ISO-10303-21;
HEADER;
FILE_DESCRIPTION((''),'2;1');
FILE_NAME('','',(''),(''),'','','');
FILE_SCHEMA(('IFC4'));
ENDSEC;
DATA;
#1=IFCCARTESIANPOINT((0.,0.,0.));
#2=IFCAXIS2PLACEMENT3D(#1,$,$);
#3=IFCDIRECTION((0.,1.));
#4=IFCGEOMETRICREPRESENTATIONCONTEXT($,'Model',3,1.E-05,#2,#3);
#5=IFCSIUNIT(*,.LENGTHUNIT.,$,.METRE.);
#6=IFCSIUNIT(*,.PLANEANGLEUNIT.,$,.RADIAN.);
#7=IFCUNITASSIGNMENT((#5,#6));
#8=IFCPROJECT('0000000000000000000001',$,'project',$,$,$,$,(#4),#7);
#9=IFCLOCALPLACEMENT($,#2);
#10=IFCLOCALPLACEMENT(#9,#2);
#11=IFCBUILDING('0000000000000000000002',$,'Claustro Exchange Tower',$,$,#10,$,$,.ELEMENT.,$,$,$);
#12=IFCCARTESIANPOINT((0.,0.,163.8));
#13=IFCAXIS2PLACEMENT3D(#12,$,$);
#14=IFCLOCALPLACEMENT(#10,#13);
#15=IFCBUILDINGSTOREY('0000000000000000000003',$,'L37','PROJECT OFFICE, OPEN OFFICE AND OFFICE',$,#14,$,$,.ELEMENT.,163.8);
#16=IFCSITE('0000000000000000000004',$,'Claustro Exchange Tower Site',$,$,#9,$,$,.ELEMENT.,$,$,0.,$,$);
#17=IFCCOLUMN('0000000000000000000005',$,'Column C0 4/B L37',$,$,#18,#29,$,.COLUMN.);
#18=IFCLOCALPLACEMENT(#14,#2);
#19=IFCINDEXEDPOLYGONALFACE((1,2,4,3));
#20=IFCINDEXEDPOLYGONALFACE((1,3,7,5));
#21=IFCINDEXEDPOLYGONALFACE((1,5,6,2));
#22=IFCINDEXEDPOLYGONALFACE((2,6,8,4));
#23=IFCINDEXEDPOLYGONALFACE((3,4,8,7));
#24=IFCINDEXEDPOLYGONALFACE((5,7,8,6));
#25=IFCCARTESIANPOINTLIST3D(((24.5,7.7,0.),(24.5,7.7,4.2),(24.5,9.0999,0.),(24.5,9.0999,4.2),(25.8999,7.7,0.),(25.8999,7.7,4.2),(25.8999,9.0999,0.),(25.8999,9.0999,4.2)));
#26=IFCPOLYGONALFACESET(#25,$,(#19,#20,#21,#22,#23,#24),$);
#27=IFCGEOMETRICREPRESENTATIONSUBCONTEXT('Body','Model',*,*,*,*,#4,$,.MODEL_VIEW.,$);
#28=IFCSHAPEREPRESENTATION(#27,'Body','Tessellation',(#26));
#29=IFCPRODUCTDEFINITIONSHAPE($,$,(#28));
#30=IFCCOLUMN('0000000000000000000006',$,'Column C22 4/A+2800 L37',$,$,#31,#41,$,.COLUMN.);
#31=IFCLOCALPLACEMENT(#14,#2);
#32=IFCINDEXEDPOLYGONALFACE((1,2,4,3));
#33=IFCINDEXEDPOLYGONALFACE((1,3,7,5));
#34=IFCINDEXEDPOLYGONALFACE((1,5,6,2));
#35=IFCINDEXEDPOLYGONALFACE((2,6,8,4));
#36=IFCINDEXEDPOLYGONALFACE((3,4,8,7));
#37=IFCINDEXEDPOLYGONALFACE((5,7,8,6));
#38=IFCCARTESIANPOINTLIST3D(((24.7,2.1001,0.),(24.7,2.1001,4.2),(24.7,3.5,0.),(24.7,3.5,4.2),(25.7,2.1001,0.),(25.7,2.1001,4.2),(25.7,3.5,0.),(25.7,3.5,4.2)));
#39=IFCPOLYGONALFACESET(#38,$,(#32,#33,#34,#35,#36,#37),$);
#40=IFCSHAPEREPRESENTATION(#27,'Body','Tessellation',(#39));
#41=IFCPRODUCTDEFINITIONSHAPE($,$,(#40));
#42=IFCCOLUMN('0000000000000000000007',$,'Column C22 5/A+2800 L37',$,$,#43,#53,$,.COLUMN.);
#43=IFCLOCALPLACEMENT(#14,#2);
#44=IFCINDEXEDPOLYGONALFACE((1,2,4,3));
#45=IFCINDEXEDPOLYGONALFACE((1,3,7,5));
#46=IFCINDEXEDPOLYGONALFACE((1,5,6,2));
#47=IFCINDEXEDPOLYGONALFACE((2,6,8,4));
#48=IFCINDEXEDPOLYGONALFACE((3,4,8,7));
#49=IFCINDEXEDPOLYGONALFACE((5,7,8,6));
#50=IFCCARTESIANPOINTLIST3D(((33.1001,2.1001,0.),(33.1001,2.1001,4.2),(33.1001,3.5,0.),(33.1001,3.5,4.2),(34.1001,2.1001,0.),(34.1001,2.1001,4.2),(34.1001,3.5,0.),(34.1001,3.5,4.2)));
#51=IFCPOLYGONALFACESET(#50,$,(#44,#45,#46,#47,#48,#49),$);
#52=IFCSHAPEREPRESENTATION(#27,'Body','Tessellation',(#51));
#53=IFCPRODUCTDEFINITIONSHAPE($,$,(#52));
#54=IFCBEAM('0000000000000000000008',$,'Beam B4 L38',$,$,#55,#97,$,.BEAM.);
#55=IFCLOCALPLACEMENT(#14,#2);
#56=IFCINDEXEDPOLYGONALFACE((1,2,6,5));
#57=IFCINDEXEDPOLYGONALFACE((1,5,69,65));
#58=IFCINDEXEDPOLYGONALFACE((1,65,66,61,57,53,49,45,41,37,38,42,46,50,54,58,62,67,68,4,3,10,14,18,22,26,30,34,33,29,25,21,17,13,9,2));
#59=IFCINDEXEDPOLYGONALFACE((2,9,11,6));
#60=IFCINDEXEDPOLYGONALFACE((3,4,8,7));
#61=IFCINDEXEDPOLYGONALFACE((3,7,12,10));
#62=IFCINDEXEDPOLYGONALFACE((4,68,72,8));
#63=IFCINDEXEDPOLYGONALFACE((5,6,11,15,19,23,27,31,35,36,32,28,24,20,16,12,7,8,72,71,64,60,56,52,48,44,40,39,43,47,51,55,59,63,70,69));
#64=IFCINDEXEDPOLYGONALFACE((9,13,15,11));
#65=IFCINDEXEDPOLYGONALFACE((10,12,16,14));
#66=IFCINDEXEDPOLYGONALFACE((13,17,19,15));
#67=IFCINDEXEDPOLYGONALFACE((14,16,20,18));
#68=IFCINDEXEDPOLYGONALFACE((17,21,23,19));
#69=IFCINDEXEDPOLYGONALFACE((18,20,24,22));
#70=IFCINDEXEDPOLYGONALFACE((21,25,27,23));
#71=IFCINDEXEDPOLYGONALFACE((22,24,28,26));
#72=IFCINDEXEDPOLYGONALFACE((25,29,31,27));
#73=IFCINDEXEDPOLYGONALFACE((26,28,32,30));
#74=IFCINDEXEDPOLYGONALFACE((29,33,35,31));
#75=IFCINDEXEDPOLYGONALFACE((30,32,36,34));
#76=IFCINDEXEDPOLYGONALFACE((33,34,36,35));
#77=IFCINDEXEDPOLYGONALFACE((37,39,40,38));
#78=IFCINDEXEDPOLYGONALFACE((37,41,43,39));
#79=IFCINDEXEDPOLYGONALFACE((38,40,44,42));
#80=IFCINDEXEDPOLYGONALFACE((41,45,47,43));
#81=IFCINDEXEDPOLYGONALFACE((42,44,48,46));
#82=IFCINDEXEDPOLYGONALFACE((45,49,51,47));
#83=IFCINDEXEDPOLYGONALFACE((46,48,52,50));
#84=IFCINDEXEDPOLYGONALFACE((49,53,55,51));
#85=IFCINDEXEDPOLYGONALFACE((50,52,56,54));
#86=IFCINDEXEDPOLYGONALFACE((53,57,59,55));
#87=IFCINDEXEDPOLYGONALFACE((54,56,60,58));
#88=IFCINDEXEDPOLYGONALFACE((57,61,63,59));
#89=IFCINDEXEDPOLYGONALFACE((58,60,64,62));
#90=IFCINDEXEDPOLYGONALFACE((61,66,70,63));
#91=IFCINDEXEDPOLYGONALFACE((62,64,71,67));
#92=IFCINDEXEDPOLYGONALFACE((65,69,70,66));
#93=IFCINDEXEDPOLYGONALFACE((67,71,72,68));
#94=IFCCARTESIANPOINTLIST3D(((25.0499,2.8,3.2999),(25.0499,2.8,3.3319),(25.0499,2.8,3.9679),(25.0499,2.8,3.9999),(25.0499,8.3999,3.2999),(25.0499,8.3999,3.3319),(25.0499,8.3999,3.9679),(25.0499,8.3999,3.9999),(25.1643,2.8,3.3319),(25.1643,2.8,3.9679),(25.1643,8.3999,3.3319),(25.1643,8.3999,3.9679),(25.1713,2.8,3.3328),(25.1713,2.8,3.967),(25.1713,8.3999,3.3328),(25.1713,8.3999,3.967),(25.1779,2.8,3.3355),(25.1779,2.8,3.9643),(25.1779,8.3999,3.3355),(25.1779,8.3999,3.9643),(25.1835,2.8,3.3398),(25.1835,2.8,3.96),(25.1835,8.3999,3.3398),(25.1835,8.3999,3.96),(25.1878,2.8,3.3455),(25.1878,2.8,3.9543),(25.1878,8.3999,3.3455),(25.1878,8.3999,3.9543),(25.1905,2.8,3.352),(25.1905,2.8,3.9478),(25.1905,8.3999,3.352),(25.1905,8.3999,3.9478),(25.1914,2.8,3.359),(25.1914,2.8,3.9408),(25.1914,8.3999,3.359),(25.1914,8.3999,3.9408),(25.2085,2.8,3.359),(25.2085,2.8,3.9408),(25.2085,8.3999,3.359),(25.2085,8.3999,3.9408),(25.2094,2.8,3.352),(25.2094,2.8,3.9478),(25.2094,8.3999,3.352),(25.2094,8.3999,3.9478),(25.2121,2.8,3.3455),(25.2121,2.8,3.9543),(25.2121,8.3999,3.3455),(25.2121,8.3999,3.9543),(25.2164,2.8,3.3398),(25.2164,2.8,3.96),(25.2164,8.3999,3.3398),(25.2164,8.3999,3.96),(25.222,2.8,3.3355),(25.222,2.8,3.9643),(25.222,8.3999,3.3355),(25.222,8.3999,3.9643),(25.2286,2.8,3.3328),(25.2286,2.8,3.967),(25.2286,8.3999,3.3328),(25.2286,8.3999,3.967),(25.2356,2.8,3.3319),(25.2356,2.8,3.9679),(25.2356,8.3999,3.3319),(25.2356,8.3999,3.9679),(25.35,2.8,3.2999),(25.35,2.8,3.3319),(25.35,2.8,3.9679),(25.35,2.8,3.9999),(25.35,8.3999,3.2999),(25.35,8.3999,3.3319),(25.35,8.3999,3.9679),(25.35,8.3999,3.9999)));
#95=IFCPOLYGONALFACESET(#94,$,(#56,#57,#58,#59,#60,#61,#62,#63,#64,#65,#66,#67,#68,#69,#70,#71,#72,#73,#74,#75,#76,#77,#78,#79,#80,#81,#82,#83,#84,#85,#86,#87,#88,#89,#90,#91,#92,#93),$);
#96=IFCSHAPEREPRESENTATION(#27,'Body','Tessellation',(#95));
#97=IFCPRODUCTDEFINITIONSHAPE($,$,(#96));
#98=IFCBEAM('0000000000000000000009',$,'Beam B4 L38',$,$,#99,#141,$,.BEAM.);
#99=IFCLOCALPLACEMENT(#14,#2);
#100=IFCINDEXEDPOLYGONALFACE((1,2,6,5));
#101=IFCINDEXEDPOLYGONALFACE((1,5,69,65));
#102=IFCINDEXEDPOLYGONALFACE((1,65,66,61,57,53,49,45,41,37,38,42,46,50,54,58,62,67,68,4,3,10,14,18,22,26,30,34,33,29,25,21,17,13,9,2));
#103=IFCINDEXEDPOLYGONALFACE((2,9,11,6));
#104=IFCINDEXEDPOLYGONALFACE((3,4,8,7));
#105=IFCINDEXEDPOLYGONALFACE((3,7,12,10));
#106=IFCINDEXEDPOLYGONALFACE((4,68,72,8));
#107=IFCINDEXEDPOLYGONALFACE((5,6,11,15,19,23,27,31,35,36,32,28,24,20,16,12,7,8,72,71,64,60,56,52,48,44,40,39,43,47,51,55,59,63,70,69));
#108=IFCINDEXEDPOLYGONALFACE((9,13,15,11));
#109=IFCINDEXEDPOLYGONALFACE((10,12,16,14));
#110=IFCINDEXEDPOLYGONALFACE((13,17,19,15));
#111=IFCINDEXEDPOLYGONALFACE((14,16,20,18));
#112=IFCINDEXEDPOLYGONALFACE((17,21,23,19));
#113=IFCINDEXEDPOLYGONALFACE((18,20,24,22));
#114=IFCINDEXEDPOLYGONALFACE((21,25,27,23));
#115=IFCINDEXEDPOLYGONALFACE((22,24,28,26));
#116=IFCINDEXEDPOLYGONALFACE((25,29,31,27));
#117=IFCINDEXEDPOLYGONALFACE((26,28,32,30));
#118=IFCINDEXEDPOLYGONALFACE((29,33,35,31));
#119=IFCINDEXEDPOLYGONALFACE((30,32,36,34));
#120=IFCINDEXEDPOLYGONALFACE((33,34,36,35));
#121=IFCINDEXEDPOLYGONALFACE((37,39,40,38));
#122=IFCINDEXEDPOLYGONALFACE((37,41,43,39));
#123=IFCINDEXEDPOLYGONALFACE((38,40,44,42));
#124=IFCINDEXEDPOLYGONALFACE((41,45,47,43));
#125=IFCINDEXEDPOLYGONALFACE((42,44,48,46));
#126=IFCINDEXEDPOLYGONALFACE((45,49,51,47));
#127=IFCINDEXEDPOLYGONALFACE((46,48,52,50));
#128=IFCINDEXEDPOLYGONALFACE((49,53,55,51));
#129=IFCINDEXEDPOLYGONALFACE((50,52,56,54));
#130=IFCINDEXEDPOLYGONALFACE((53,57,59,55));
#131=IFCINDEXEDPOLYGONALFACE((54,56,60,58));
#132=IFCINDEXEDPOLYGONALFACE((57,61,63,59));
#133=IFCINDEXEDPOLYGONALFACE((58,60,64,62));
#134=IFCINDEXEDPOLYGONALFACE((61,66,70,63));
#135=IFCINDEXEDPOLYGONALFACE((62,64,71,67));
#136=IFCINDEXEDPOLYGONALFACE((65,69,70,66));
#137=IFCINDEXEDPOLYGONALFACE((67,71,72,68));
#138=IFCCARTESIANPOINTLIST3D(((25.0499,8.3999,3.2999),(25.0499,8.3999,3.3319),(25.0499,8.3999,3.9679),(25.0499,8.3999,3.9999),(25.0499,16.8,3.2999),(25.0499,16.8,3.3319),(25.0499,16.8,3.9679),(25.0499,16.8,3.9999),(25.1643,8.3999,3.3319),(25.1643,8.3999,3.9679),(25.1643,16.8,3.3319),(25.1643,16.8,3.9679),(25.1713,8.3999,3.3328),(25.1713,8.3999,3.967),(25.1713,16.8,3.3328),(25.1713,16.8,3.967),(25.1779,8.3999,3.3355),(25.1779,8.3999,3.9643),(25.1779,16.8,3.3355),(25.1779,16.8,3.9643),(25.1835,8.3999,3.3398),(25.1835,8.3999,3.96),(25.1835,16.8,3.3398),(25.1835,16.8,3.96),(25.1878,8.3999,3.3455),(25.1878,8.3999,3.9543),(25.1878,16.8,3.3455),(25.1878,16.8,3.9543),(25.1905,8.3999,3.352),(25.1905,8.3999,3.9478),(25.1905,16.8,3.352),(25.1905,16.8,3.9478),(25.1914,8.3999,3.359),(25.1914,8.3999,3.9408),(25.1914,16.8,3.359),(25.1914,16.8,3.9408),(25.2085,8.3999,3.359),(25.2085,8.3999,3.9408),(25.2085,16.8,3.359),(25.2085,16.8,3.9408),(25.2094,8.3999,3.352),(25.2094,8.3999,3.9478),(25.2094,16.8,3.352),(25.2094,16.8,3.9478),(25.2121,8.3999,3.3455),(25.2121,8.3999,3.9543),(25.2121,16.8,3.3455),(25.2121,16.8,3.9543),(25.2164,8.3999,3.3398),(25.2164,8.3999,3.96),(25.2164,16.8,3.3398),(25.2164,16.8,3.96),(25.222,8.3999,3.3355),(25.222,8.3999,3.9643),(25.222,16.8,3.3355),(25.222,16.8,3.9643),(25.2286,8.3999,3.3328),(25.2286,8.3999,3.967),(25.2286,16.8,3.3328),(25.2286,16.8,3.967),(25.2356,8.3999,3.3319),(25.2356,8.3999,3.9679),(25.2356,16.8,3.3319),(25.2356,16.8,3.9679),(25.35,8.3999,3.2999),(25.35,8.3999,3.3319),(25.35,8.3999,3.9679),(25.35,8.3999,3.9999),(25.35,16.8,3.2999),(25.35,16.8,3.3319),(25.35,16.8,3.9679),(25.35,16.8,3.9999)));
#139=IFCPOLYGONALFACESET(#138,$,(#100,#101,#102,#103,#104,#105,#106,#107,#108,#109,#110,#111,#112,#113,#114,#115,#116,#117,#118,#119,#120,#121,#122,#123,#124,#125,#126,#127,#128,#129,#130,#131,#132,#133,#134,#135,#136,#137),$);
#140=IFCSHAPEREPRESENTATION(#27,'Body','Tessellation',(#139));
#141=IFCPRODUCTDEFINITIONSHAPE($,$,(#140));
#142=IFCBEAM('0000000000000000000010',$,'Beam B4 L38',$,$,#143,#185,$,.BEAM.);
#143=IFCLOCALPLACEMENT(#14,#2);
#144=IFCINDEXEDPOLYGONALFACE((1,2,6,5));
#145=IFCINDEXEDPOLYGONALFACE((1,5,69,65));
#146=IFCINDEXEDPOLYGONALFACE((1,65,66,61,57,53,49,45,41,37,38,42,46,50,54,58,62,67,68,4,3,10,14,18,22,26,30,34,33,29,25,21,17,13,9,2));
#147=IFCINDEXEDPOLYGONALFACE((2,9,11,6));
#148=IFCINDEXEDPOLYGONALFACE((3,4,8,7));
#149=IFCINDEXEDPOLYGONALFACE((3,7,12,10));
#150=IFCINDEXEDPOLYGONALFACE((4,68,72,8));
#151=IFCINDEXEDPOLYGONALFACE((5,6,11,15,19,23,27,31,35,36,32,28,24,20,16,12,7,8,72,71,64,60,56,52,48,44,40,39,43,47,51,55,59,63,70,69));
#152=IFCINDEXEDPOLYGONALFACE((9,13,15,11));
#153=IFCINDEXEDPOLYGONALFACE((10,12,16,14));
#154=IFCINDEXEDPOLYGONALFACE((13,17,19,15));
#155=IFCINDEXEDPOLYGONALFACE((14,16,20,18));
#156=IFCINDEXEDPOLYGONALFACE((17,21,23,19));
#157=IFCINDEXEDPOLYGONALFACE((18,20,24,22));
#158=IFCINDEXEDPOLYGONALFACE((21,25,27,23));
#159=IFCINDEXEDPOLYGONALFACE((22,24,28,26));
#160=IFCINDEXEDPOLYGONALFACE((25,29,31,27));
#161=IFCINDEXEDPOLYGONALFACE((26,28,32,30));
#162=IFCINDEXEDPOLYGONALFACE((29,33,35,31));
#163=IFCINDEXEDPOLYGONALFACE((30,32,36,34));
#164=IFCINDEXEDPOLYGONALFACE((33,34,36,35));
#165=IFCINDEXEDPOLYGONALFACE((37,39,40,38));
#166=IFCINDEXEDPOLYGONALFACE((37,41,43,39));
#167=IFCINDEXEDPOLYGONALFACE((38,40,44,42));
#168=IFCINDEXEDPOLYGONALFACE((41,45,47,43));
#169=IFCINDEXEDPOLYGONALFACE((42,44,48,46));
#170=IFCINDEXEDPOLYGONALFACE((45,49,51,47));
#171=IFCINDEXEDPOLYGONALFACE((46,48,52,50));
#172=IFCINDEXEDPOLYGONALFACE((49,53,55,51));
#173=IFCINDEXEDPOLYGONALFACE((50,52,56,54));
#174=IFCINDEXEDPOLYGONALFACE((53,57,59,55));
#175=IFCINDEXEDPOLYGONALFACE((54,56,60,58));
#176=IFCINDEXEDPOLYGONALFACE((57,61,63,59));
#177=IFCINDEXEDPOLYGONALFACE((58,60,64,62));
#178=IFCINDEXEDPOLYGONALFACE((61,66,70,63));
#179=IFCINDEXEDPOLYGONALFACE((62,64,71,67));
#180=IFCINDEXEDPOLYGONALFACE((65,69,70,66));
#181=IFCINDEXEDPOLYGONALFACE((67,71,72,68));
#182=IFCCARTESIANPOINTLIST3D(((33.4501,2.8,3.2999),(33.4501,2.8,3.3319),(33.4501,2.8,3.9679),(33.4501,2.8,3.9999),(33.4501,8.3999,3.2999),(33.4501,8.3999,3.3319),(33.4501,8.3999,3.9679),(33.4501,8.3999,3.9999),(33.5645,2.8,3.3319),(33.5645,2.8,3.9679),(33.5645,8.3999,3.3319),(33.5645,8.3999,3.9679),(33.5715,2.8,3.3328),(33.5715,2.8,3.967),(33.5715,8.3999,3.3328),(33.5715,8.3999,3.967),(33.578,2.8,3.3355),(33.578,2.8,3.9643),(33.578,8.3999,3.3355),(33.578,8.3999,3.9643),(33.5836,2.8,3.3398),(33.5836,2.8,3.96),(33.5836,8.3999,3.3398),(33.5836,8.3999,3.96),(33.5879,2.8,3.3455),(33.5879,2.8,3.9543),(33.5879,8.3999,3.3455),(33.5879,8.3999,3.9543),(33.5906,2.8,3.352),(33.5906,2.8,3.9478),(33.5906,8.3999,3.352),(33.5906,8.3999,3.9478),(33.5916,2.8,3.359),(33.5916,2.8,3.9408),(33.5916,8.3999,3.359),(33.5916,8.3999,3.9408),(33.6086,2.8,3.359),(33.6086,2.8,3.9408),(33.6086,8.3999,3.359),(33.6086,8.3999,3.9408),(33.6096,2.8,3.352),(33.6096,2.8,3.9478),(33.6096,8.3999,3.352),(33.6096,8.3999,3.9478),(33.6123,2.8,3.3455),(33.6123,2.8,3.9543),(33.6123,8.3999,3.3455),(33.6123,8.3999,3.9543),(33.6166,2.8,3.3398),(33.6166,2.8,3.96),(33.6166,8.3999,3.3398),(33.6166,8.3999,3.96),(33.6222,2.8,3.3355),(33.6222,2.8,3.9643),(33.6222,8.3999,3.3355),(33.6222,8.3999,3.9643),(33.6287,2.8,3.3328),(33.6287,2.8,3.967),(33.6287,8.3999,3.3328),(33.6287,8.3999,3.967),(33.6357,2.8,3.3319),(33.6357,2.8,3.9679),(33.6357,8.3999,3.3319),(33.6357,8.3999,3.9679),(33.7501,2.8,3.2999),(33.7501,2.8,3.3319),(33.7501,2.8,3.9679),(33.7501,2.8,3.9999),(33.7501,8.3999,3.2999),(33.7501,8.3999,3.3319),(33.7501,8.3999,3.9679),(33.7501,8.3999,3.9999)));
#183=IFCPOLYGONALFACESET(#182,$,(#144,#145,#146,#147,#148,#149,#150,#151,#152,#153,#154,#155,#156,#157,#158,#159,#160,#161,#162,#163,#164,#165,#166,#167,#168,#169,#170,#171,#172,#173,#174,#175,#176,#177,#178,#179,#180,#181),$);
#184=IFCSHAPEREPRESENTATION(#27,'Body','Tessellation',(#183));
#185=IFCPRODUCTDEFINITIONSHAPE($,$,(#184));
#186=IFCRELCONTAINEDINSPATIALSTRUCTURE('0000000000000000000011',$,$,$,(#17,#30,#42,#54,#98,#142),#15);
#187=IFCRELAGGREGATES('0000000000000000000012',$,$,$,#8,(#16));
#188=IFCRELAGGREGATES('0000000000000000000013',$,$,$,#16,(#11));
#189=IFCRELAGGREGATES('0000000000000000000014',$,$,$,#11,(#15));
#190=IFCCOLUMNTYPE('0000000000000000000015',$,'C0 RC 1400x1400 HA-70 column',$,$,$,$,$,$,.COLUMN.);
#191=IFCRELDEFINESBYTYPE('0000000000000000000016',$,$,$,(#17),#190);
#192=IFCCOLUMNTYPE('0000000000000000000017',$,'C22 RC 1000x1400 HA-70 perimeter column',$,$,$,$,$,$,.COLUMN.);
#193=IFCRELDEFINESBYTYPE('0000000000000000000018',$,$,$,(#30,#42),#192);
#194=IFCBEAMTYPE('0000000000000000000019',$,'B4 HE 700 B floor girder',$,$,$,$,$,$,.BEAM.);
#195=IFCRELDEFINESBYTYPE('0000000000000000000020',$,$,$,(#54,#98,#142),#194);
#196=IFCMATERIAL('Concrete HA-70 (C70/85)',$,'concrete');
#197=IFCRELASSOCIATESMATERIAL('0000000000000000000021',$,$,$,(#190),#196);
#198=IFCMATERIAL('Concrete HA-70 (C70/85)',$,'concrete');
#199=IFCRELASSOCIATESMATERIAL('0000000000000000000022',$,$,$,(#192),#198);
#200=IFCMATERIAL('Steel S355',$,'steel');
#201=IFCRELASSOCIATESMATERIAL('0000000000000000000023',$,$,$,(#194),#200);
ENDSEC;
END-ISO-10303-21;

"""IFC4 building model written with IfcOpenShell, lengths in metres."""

from ifc_helpers import new_model, si_unit, direction, frame, origin, origin_2d, place, context, subcontext, project, spatial, rectangle, i_section, extrude, material, material_profile, profile_set, type_object, element, save


model = new_model("IFC4")

# Units and contexts
model_context = context("Model", 3, precision=1e-05, world=origin(), true_north=direction((0.0, 1.0)))
body_context = subcontext(model_context, "Body", "Model", "MODEL_VIEW")
ifc_project = project(units=[si_unit("LENGTHUNIT", "METRE"), si_unit("PLANEANGLEUNIT", "RADIAN")], contexts=[model_context])

# Site, building, storey
site_placement = place(None, origin())
site = spatial("IfcSite", under=ifc_project, at=site_placement, Name="Claustro Exchange Tower Site", CompositionType="ELEMENT", RefElevation=0.0)
building_placement = place(site_placement, origin())
building = spatial("IfcBuilding", under=site, at=building_placement, Name="Claustro Exchange Tower", CompositionType="ELEMENT")
storey_placement = place(building_placement, frame((0.0, 0.0, 163.8)))
storey = spatial("IfcBuildingStorey", under=building, at=storey_placement, Name="L37", Description="PROJECT OFFICE, OPEN OFFICE AND OFFICE", CompositionType="ELEMENT", Elevation=163.8)

# Columns
ifc_material_1 = material(Name="Concrete HA-70 (C70/85)", Category="concrete")
ifc_material_profile_1 = material_profile(ifc_material_1, rectangle(XDim=1.3999, YDim=1.3999, at=origin_2d()), Name="RC 1400x1400")
ifc_profile_set_1 = profile_set([ifc_material_profile_1], Name="Concrete HA-70 (C70/85)")
column_type_1 = type_object("IfcColumnType", Name="C0 RC 1400x1400 HA-70 column", PredefinedType="COLUMN", material=ifc_profile_set_1)
column_placement = place(storey_placement, frame((25.2, 8.3999, 0.0), z_axis=(0.0, 0.0, 1.0), x_axis=(1.0, 0.0, 0.0)))
element("IfcColumn", 1, at=column_placement, inside=storey, type_object=column_type_1, Name="Column C0 4/B L37", PredefinedType="COLUMN", context=body_context, shape_type="SweptSolid", body=[
    extrude(rectangle(XDim=1.3999, YDim=1.3999, at=origin_2d()), origin(), (0.0, 0.0, 1.0), 4.2),
])
ifc_material_2 = material(Name="Concrete HA-70 (C70/85)", Category="concrete")
ifc_material_profile_2 = material_profile(ifc_material_2, rectangle(XDim=1.0, YDim=1.3999, at=origin_2d()), Name="RC 1000x1400")
ifc_profile_set_2 = profile_set([ifc_material_profile_2], Name="Concrete HA-70 (C70/85)")
column_type_2 = type_object("IfcColumnType", Name="C22 RC 1000x1400 HA-70 perimeter column", PredefinedType="COLUMN", material=ifc_profile_set_2)
for number, where, z_axis, x_axis, name in (
    (2, (25.2, 2.8, 0.0), (0.0, 0.0, 1.0), (1.0, 0.0, 0.0), "Column C22 4/A+2800 L37"),
    (3, (33.6001, 2.8, 0.0), (0.0, 0.0, 1.0), (1.0, 0.0, 0.0), "Column C22 5/A+2800 L37"),
):
    element("IfcColumn", number, at=place(storey_placement, frame(where, z_axis=z_axis, x_axis=x_axis)), inside=storey, type_object=column_type_2, Name=name, PredefinedType="COLUMN", context=body_context, shape_type="SweptSolid", body=[
        extrude(rectangle(XDim=1.0, YDim=1.3999, at=origin_2d()), origin(), (0.0, 0.0, 1.0), 4.2),
    ])

# Beams
ifc_material_3 = material(Name="Steel S355", Category="steel")
ifc_material_profile_3 = material_profile(ifc_material_3, i_section(OverallWidth=0.3, OverallDepth=0.7, WebThickness=0.0171, FlangeThickness=0.032, FilletRadius=0.0271, at=origin_2d()), Name="HE 700 B")
ifc_profile_set_3 = profile_set([ifc_material_profile_3], Name="Steel S355")
beam_type_1 = type_object("IfcBeamType", Name="B4 HE 700 B floor girder", PredefinedType="BEAM", material=ifc_profile_set_3)
beam_1_placement = place(storey_placement, frame((25.2, 2.8, 3.6499), z_axis=(0.0, 1.0, 0.0), x_axis=(-1.0, 0.0, 0.0)))
element("IfcBeam", 4, at=beam_1_placement, inside=storey, type_object=beam_type_1, Name="Beam B4 L38", PredefinedType="BEAM", context=body_context, shape_type="SweptSolid", body=[
    extrude(i_section(OverallWidth=0.3, OverallDepth=0.7, WebThickness=0.0171, FlangeThickness=0.032, FilletRadius=0.0271, at=origin_2d()), origin(), (0.0, 0.0, 1.0), 5.5999),
])
beam_2_placement = place(storey_placement, frame((25.2, 8.3999, 3.6499), z_axis=(0.0, 1.0, 0.0), x_axis=(-1.0, 0.0, 0.0)))
element("IfcBeam", 5, at=beam_2_placement, inside=storey, type_object=beam_type_1, Name="Beam B4 L38", PredefinedType="BEAM", context=body_context, shape_type="SweptSolid", body=[
    extrude(i_section(OverallWidth=0.3, OverallDepth=0.7, WebThickness=0.0171, FlangeThickness=0.032, FilletRadius=0.0271, at=origin_2d()), origin(), (0.0, 0.0, 1.0), 8.4001),
])
beam_3_placement = place(storey_placement, frame((33.6001, 2.8, 3.6499), z_axis=(0.0, 1.0, 0.0), x_axis=(-1.0, 0.0, 0.0)))
element("IfcBeam", 6, at=beam_3_placement, inside=storey, type_object=beam_type_1, Name="Beam B4 L38", PredefinedType="BEAM", context=body_context, shape_type="SweptSolid", body=[
    extrude(i_section(OverallWidth=0.3, OverallDepth=0.7, WebThickness=0.0171, FlangeThickness=0.032, FilletRadius=0.0271, at=origin_2d()), origin(), (0.0, 0.0, 1.0), 5.5999),
])

save(model, "model.ifc")
